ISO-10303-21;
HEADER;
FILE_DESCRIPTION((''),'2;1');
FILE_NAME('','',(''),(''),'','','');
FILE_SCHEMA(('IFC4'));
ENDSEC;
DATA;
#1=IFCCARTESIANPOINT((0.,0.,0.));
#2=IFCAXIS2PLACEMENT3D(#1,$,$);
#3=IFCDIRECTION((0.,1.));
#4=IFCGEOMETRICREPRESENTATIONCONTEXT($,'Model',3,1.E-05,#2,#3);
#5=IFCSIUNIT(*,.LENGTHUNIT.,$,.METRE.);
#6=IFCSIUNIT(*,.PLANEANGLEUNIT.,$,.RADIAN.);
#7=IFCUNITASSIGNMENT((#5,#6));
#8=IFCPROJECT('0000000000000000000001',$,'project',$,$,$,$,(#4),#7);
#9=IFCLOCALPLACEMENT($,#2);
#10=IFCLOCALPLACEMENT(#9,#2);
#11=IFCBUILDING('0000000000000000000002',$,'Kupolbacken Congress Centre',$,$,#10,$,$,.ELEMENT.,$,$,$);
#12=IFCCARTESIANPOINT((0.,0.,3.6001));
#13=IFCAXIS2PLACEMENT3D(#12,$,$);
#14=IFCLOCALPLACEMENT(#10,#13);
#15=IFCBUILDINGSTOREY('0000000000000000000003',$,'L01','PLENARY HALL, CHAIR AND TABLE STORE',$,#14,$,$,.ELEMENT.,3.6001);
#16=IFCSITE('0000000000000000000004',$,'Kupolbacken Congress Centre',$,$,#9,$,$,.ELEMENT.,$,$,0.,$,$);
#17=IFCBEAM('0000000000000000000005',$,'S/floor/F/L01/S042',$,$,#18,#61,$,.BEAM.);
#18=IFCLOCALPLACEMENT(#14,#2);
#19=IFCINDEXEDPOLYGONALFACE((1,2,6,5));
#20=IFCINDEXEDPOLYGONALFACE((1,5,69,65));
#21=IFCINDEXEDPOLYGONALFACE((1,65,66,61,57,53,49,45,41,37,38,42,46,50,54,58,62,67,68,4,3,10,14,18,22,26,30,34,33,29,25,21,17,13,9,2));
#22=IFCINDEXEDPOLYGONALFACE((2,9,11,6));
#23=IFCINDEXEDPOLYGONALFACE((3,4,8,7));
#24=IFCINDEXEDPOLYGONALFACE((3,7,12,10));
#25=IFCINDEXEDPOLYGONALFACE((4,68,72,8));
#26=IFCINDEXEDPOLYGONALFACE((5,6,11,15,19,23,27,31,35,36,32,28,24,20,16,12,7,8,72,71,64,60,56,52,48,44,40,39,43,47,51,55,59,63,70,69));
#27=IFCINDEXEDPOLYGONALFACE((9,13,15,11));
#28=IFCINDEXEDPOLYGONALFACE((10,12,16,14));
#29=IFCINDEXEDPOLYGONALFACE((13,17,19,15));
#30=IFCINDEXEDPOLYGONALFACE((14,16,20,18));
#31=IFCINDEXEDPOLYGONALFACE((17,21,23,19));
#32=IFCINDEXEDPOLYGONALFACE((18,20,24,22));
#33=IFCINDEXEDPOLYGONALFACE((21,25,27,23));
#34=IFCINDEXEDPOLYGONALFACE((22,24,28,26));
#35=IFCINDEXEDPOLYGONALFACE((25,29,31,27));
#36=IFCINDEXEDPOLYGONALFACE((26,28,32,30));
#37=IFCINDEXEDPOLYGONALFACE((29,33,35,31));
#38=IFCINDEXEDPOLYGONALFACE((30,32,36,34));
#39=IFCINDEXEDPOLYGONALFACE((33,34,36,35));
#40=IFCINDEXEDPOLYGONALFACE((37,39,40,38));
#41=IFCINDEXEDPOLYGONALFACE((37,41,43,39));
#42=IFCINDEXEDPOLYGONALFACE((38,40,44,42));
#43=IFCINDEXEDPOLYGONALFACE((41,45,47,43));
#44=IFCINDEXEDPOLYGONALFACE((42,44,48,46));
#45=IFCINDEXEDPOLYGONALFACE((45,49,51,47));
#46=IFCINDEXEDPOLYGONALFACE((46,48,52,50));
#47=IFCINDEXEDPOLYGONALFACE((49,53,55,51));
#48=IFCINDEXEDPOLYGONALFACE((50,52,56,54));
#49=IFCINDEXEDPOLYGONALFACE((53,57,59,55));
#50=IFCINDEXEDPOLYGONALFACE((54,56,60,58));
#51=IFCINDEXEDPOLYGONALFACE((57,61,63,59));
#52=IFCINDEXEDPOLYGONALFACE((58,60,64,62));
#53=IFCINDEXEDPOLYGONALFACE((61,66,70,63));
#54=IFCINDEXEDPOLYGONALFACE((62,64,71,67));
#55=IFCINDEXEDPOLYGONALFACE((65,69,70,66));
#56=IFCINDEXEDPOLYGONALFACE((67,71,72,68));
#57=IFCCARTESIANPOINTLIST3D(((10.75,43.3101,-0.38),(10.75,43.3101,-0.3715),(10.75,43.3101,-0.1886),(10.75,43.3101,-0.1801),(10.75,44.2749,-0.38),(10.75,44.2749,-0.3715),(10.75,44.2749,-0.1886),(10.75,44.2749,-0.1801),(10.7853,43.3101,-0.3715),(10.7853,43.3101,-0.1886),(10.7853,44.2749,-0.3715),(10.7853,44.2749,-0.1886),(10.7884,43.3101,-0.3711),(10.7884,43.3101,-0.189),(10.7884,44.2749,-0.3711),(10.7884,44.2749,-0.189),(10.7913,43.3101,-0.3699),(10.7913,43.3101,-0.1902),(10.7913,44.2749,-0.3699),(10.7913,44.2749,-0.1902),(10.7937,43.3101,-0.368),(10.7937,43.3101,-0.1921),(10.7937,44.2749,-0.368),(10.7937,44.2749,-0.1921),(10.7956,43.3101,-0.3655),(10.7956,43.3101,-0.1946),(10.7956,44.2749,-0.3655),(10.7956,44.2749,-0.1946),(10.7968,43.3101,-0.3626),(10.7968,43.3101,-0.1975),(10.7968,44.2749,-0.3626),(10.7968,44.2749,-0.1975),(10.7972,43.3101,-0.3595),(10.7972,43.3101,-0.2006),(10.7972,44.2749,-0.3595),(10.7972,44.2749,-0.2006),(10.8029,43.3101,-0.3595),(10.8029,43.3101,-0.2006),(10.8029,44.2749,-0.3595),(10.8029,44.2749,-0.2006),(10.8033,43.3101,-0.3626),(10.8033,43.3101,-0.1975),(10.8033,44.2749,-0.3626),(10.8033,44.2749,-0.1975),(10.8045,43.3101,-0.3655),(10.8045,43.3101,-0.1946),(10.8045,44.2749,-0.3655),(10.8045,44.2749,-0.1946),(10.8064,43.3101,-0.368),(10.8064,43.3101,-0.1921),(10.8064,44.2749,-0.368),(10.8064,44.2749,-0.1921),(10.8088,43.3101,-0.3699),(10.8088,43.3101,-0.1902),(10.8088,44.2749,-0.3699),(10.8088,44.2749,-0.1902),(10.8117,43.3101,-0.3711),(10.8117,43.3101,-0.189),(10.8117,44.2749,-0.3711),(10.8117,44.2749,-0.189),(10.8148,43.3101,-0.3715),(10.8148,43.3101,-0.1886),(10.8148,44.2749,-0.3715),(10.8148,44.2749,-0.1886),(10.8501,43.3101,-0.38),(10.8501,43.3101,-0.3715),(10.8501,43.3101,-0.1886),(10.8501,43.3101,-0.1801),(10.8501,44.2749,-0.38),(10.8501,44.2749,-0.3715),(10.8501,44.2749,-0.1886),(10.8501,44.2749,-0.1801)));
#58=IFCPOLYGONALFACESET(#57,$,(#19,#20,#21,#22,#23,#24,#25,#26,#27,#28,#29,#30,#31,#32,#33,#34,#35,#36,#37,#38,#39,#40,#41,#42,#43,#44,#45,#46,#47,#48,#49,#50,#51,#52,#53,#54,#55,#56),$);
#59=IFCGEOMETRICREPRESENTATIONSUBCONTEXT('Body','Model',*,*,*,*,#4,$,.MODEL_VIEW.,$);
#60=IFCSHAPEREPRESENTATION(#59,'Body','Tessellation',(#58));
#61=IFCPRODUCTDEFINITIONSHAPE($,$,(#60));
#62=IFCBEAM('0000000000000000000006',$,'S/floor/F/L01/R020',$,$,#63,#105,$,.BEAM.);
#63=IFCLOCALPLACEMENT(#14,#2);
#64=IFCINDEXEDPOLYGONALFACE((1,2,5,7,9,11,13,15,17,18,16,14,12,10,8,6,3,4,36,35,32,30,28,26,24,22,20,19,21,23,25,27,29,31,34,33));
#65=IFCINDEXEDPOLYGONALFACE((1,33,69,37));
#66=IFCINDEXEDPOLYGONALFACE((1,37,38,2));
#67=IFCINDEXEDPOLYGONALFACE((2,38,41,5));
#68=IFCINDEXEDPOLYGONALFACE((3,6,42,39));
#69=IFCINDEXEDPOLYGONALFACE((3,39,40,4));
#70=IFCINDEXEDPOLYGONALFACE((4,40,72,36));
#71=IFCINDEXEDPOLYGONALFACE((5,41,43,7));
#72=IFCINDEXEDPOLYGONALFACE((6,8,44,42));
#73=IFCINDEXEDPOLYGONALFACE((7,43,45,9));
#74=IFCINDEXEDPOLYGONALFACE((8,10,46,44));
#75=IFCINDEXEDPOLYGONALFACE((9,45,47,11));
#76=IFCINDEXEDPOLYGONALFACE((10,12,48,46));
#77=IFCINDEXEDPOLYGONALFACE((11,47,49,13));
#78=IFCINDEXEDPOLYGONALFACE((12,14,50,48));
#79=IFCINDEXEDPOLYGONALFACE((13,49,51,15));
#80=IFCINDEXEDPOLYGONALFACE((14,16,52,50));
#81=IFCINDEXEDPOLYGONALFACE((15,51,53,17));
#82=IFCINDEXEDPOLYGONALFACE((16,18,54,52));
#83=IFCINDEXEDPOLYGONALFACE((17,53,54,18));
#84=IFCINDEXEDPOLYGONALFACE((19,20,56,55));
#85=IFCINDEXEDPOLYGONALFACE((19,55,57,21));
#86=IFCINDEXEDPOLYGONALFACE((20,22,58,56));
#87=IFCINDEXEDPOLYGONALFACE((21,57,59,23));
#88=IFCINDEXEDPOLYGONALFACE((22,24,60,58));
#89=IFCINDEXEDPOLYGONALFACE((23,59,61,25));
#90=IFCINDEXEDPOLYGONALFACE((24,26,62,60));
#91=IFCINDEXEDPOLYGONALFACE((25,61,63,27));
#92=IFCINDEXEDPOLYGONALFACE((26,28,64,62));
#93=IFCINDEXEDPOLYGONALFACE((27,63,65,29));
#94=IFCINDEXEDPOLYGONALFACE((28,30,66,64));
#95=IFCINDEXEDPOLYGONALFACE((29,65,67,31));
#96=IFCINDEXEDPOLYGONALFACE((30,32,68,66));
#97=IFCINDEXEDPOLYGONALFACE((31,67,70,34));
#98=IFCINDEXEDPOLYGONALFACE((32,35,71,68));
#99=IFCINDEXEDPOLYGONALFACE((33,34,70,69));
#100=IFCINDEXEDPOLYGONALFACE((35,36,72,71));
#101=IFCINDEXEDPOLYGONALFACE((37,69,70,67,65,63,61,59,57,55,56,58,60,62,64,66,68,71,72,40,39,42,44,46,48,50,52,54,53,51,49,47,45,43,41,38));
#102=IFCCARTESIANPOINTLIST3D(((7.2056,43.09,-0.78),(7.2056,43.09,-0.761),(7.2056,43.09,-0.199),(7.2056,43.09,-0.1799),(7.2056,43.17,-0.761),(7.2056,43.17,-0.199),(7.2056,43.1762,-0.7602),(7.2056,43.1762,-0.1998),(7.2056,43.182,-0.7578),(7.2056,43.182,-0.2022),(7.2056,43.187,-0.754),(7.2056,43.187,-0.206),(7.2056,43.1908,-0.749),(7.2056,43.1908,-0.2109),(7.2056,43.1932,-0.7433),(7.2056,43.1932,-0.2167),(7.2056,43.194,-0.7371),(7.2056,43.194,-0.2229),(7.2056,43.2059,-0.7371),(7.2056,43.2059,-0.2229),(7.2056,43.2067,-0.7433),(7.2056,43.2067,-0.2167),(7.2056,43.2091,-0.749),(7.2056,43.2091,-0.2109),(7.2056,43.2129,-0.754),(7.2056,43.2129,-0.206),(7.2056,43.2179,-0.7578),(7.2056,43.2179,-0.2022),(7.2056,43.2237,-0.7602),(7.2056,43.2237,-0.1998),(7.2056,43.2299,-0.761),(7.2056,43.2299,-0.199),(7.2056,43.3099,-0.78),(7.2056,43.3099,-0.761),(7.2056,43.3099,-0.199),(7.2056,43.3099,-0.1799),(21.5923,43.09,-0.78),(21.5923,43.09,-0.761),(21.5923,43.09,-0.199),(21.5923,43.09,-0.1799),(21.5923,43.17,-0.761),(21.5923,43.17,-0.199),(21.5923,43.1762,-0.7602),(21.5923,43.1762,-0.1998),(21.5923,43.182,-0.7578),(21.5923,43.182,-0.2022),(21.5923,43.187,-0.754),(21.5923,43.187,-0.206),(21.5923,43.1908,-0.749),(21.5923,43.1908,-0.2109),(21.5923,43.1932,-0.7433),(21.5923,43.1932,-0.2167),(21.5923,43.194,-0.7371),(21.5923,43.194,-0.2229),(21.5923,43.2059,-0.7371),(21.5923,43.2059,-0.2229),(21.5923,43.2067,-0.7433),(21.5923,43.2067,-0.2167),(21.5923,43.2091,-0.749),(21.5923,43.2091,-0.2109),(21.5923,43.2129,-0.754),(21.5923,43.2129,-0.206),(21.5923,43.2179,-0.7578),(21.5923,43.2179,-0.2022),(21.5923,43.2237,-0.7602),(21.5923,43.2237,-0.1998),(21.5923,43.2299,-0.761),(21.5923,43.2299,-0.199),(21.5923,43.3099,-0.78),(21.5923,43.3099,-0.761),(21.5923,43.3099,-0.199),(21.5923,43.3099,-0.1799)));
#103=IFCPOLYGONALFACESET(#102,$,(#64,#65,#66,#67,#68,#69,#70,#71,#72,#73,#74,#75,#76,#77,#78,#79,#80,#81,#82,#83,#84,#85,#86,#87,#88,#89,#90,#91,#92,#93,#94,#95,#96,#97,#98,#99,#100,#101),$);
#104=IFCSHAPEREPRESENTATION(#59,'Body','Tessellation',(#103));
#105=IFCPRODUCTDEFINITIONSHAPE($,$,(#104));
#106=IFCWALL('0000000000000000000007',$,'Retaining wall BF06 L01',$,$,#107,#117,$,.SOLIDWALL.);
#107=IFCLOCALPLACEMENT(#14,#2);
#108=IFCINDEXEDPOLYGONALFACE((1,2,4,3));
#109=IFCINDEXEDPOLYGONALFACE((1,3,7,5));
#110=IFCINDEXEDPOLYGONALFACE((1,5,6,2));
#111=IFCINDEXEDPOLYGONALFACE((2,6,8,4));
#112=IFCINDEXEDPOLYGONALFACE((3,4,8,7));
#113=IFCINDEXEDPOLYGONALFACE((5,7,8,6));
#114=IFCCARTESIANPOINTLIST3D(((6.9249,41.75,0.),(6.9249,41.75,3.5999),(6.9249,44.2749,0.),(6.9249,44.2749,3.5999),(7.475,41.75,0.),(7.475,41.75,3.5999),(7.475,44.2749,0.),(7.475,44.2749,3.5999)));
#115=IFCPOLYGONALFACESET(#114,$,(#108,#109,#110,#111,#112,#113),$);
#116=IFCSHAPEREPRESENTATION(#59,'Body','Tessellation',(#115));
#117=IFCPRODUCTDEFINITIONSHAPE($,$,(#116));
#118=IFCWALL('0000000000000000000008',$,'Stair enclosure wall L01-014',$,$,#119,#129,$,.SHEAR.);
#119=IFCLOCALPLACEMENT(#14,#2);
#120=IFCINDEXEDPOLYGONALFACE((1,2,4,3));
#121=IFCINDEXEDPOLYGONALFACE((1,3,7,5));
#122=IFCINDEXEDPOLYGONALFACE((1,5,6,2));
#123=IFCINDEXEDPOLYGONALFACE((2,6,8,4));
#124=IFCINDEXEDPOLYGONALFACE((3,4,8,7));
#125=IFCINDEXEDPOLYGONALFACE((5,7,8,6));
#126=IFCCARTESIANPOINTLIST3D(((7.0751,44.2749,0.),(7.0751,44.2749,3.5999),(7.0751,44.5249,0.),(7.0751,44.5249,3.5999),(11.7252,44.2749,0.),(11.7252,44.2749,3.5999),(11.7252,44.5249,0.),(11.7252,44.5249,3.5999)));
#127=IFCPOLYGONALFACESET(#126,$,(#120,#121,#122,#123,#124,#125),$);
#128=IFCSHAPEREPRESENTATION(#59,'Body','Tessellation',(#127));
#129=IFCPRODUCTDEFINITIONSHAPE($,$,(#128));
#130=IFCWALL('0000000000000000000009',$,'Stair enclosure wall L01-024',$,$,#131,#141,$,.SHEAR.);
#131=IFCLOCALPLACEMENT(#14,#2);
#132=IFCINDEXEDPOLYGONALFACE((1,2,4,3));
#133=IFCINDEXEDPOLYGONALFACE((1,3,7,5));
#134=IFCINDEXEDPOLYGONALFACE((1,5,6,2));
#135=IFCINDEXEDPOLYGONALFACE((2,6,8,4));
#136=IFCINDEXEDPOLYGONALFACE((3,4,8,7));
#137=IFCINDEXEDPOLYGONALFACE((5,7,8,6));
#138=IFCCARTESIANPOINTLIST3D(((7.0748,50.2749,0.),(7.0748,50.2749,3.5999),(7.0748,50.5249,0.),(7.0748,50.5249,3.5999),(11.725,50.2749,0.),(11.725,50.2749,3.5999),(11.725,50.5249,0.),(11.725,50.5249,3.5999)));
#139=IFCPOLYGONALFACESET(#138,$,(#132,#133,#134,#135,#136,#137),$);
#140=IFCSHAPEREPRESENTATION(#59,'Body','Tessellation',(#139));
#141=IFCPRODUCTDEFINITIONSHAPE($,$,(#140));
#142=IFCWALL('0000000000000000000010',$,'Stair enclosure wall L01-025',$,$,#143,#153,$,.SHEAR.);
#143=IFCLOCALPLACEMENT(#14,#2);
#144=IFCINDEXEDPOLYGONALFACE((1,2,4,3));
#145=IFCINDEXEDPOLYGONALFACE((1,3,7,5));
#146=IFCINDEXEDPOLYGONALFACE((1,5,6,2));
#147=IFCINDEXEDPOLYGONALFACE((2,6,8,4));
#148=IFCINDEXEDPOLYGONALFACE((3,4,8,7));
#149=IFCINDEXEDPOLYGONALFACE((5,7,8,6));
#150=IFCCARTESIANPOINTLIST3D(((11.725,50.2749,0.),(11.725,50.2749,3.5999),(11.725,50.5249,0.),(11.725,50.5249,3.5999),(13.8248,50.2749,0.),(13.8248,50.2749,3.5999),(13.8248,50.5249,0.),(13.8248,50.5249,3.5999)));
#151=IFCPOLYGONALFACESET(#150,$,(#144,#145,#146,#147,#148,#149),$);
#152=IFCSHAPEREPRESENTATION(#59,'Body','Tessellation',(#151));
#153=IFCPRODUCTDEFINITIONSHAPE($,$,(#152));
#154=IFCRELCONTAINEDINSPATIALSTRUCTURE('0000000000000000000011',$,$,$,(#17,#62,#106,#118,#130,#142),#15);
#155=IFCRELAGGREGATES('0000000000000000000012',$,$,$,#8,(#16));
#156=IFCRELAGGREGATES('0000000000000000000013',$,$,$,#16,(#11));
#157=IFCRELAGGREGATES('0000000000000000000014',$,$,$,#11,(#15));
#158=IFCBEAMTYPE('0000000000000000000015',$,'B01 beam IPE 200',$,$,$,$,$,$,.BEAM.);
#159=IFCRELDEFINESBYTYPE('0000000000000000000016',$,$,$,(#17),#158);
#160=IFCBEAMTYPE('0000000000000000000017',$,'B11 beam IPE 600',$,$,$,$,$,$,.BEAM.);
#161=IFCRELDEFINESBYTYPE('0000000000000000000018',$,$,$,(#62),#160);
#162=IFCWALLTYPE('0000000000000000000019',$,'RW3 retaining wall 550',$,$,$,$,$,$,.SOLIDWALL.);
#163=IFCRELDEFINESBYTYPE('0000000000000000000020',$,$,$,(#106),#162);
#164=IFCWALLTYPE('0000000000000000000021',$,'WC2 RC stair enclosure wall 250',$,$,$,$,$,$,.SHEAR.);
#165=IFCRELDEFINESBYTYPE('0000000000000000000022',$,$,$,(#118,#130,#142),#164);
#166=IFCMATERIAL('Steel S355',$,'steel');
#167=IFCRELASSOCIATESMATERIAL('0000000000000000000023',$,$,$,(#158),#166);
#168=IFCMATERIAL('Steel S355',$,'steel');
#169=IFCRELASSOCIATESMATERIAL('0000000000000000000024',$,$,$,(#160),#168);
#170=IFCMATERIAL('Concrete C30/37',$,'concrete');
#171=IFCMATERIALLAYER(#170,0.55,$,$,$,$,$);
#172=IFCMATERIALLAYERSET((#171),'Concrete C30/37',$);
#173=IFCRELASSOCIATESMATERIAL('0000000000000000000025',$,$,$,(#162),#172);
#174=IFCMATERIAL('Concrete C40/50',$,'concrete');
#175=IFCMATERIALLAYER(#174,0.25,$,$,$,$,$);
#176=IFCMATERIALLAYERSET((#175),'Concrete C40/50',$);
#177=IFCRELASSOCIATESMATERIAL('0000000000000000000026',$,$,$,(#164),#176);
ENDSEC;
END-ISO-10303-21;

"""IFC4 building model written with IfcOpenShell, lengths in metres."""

from ifc_helpers import new_model, si_unit, direction, frame, frame_2d, origin, origin_2d, place, context, subcontext, project, spatial, rectangle, i_section, extrude, material, layer, layer_set, material_profile, profile_set, type_object, element, save


model = new_model("IFC4")

# Units and contexts
model_context = context("Model", 3, precision=1e-05, world=origin(), true_north=direction((0.0, 1.0)))
body_context = subcontext(model_context, "Body", "Model", "MODEL_VIEW")
ifc_project = project(units=[si_unit("LENGTHUNIT", "METRE"), si_unit("PLANEANGLEUNIT", "RADIAN")], contexts=[model_context])

# Site, building, storey
site_placement = place(None, origin())
site = spatial("IfcSite", under=ifc_project, at=site_placement, Name="Kupolbacken Congress Centre", CompositionType="ELEMENT", RefElevation=0.0)
building_placement = place(site_placement, origin())
building = spatial("IfcBuilding", under=site, at=building_placement, Name="Kupolbacken Congress Centre", CompositionType="ELEMENT")
storey_placement = place(building_placement, frame((0.0, 0.0, 3.6001)))
storey = spatial("IfcBuildingStorey", under=building, at=storey_placement, Name="L01", Description="PLENARY HALL, CHAIR AND TABLE STORE", CompositionType="ELEMENT", Elevation=3.6001)

# Beams
ifc_material_1 = material(Name="Steel S355", Category="steel")
ifc_material_profile_1 = material_profile(ifc_material_1, i_section(OverallWidth=0.1001, OverallDepth=0.2, WebThickness=0.0056, FlangeThickness=0.0085, FilletRadius=0.012, at=origin_2d()), Name="IPE 200")
ifc_profile_set_1 = profile_set([ifc_material_profile_1], Name="Steel S355")
beam_type_1 = type_object("IfcBeamType", Name="B01 beam IPE 200", PredefinedType="BEAM", material=ifc_profile_set_1)
beam_1_placement = place(storey_placement, frame((10.8, 43.3101, -0.28), z_axis=(0.0, 1.0, 0.0), x_axis=(-1.0, 0.0, 0.0)))
element("IfcBeam", 1, at=beam_1_placement, inside=storey, type_object=beam_type_1, Name="S/floor/F/L01/S042", PredefinedType="BEAM", context=body_context, shape_type="SweptSolid", body=[
    extrude(i_section(OverallWidth=0.1001, OverallDepth=0.2, WebThickness=0.0056, FlangeThickness=0.0085, FilletRadius=0.012, at=origin_2d()), origin(), (0.0, 0.0, 1.0), 0.9648),
])
ifc_material_2 = material(Name="Steel S355", Category="steel")
ifc_material_profile_2 = material_profile(ifc_material_2, i_section(OverallWidth=0.22, OverallDepth=0.6001, WebThickness=0.012, FlangeThickness=0.019, FilletRadius=0.0239, at=origin_2d()), Name="IPE 600")
ifc_profile_set_2 = profile_set([ifc_material_profile_2], Name="Steel S355")
beam_type_2 = type_object("IfcBeamType", Name="B11 beam IPE 600", PredefinedType="BEAM", material=ifc_profile_set_2)
beam_2_placement = place(storey_placement, frame((7.2056, 43.2, -0.48), z_axis=(1.0, 0.0, 0.0), x_axis=(0.0, 1.0, 0.0)))
element("IfcBeam", 2, at=beam_2_placement, inside=storey, type_object=beam_type_2, Name="S/floor/F/L01/R020", PredefinedType="BEAM", context=body_context, shape_type="SweptSolid", body=[
    extrude(i_section(OverallWidth=0.22, OverallDepth=0.6001, WebThickness=0.012, FlangeThickness=0.019, FilletRadius=0.0239, at=origin_2d()), origin(), (0.0, 0.0, 1.0), 14.3867),
])

# Walls
ifc_material_3 = material(Name="Concrete C30/37", Category="concrete")
ifc_layer_1 = layer(ifc_material_3, 0.55)
ifc_layer_set_1 = layer_set([ifc_layer_1], Name="Concrete C30/37")
wall_type_1 = type_object("IfcWallType", Name="RW3 retaining wall 550", PredefinedType="SOLIDWALL", material=ifc_layer_set_1)
wall_1_placement = place(storey_placement, frame((7.2, 41.75, 0.0), z_axis=(0.0, 0.0, 1.0), x_axis=(0.0, 1.0, 0.0)))
element("IfcWall", 3, at=wall_1_placement, inside=storey, type_object=wall_type_1, Name="Retaining wall BF06 L01", PredefinedType="SOLIDWALL", context=body_context, shape_type="SweptSolid", body=[
    extrude(rectangle(XDim=2.5249, YDim=0.55, at=frame_2d((1.2625, 0.0))), origin(), (0.0, 0.0, 1.0), 3.5999),
])
ifc_material_4 = material(Name="Concrete C40/50", Category="concrete")
ifc_layer_2 = layer(ifc_material_4, 0.25)
ifc_layer_set_2 = layer_set([ifc_layer_2], Name="Concrete C40/50")
wall_type_2 = type_object("IfcWallType", Name="WC2 RC stair enclosure wall 250", PredefinedType="SHEAR", material=ifc_layer_set_2)
wall_2_placement = place(storey_placement, frame((7.075, 44.3999, 0.0), z_axis=(0.0, 0.0, 1.0), x_axis=(1.0, 0.0, 0.0)))
element("IfcWall", 4, at=wall_2_placement, inside=storey, type_object=wall_type_2, Name="Stair enclosure wall L01-014", PredefinedType="SHEAR", context=body_context, shape_type="SweptSolid", body=[
    extrude(rectangle(XDim=4.6501, YDim=0.25, at=frame_2d((2.3252, 0.0))), origin(), (0.0, 0.0, 1.0), 3.5999),
])

# Walls
wall_3_placement = place(storey_placement, frame((11.7251, 50.3999, 0.0), z_axis=(0.0, 0.0, 1.0), x_axis=(-1.0, 0.0, 0.0)))
element("IfcWall", 5, at=wall_3_placement, inside=storey, type_object=wall_type_2, Name="Stair enclosure wall L01-024", PredefinedType="SHEAR", context=body_context, shape_type="SweptSolid", body=[
    extrude(rectangle(XDim=4.6501, YDim=0.25, at=frame_2d((2.3252, 0.0))), origin(), (0.0, 0.0, 1.0), 3.5999),
])
wall_4_placement = place(storey_placement, frame((11.7251, 50.3999, 0.0), z_axis=(0.0, 0.0, 1.0), x_axis=(1.0, 0.0, 0.0)))
element("IfcWall", 6, at=wall_4_placement, inside=storey, type_object=wall_type_2, Name="Stair enclosure wall L01-025", PredefinedType="SHEAR", context=body_context, shape_type="SweptSolid", body=[
    extrude(rectangle(XDim=2.0999, YDim=0.25, at=frame_2d((1.0498, 0.0))), origin(), (0.0, 0.0, 1.0), 3.5999),
])

save(model, "model.ifc")
